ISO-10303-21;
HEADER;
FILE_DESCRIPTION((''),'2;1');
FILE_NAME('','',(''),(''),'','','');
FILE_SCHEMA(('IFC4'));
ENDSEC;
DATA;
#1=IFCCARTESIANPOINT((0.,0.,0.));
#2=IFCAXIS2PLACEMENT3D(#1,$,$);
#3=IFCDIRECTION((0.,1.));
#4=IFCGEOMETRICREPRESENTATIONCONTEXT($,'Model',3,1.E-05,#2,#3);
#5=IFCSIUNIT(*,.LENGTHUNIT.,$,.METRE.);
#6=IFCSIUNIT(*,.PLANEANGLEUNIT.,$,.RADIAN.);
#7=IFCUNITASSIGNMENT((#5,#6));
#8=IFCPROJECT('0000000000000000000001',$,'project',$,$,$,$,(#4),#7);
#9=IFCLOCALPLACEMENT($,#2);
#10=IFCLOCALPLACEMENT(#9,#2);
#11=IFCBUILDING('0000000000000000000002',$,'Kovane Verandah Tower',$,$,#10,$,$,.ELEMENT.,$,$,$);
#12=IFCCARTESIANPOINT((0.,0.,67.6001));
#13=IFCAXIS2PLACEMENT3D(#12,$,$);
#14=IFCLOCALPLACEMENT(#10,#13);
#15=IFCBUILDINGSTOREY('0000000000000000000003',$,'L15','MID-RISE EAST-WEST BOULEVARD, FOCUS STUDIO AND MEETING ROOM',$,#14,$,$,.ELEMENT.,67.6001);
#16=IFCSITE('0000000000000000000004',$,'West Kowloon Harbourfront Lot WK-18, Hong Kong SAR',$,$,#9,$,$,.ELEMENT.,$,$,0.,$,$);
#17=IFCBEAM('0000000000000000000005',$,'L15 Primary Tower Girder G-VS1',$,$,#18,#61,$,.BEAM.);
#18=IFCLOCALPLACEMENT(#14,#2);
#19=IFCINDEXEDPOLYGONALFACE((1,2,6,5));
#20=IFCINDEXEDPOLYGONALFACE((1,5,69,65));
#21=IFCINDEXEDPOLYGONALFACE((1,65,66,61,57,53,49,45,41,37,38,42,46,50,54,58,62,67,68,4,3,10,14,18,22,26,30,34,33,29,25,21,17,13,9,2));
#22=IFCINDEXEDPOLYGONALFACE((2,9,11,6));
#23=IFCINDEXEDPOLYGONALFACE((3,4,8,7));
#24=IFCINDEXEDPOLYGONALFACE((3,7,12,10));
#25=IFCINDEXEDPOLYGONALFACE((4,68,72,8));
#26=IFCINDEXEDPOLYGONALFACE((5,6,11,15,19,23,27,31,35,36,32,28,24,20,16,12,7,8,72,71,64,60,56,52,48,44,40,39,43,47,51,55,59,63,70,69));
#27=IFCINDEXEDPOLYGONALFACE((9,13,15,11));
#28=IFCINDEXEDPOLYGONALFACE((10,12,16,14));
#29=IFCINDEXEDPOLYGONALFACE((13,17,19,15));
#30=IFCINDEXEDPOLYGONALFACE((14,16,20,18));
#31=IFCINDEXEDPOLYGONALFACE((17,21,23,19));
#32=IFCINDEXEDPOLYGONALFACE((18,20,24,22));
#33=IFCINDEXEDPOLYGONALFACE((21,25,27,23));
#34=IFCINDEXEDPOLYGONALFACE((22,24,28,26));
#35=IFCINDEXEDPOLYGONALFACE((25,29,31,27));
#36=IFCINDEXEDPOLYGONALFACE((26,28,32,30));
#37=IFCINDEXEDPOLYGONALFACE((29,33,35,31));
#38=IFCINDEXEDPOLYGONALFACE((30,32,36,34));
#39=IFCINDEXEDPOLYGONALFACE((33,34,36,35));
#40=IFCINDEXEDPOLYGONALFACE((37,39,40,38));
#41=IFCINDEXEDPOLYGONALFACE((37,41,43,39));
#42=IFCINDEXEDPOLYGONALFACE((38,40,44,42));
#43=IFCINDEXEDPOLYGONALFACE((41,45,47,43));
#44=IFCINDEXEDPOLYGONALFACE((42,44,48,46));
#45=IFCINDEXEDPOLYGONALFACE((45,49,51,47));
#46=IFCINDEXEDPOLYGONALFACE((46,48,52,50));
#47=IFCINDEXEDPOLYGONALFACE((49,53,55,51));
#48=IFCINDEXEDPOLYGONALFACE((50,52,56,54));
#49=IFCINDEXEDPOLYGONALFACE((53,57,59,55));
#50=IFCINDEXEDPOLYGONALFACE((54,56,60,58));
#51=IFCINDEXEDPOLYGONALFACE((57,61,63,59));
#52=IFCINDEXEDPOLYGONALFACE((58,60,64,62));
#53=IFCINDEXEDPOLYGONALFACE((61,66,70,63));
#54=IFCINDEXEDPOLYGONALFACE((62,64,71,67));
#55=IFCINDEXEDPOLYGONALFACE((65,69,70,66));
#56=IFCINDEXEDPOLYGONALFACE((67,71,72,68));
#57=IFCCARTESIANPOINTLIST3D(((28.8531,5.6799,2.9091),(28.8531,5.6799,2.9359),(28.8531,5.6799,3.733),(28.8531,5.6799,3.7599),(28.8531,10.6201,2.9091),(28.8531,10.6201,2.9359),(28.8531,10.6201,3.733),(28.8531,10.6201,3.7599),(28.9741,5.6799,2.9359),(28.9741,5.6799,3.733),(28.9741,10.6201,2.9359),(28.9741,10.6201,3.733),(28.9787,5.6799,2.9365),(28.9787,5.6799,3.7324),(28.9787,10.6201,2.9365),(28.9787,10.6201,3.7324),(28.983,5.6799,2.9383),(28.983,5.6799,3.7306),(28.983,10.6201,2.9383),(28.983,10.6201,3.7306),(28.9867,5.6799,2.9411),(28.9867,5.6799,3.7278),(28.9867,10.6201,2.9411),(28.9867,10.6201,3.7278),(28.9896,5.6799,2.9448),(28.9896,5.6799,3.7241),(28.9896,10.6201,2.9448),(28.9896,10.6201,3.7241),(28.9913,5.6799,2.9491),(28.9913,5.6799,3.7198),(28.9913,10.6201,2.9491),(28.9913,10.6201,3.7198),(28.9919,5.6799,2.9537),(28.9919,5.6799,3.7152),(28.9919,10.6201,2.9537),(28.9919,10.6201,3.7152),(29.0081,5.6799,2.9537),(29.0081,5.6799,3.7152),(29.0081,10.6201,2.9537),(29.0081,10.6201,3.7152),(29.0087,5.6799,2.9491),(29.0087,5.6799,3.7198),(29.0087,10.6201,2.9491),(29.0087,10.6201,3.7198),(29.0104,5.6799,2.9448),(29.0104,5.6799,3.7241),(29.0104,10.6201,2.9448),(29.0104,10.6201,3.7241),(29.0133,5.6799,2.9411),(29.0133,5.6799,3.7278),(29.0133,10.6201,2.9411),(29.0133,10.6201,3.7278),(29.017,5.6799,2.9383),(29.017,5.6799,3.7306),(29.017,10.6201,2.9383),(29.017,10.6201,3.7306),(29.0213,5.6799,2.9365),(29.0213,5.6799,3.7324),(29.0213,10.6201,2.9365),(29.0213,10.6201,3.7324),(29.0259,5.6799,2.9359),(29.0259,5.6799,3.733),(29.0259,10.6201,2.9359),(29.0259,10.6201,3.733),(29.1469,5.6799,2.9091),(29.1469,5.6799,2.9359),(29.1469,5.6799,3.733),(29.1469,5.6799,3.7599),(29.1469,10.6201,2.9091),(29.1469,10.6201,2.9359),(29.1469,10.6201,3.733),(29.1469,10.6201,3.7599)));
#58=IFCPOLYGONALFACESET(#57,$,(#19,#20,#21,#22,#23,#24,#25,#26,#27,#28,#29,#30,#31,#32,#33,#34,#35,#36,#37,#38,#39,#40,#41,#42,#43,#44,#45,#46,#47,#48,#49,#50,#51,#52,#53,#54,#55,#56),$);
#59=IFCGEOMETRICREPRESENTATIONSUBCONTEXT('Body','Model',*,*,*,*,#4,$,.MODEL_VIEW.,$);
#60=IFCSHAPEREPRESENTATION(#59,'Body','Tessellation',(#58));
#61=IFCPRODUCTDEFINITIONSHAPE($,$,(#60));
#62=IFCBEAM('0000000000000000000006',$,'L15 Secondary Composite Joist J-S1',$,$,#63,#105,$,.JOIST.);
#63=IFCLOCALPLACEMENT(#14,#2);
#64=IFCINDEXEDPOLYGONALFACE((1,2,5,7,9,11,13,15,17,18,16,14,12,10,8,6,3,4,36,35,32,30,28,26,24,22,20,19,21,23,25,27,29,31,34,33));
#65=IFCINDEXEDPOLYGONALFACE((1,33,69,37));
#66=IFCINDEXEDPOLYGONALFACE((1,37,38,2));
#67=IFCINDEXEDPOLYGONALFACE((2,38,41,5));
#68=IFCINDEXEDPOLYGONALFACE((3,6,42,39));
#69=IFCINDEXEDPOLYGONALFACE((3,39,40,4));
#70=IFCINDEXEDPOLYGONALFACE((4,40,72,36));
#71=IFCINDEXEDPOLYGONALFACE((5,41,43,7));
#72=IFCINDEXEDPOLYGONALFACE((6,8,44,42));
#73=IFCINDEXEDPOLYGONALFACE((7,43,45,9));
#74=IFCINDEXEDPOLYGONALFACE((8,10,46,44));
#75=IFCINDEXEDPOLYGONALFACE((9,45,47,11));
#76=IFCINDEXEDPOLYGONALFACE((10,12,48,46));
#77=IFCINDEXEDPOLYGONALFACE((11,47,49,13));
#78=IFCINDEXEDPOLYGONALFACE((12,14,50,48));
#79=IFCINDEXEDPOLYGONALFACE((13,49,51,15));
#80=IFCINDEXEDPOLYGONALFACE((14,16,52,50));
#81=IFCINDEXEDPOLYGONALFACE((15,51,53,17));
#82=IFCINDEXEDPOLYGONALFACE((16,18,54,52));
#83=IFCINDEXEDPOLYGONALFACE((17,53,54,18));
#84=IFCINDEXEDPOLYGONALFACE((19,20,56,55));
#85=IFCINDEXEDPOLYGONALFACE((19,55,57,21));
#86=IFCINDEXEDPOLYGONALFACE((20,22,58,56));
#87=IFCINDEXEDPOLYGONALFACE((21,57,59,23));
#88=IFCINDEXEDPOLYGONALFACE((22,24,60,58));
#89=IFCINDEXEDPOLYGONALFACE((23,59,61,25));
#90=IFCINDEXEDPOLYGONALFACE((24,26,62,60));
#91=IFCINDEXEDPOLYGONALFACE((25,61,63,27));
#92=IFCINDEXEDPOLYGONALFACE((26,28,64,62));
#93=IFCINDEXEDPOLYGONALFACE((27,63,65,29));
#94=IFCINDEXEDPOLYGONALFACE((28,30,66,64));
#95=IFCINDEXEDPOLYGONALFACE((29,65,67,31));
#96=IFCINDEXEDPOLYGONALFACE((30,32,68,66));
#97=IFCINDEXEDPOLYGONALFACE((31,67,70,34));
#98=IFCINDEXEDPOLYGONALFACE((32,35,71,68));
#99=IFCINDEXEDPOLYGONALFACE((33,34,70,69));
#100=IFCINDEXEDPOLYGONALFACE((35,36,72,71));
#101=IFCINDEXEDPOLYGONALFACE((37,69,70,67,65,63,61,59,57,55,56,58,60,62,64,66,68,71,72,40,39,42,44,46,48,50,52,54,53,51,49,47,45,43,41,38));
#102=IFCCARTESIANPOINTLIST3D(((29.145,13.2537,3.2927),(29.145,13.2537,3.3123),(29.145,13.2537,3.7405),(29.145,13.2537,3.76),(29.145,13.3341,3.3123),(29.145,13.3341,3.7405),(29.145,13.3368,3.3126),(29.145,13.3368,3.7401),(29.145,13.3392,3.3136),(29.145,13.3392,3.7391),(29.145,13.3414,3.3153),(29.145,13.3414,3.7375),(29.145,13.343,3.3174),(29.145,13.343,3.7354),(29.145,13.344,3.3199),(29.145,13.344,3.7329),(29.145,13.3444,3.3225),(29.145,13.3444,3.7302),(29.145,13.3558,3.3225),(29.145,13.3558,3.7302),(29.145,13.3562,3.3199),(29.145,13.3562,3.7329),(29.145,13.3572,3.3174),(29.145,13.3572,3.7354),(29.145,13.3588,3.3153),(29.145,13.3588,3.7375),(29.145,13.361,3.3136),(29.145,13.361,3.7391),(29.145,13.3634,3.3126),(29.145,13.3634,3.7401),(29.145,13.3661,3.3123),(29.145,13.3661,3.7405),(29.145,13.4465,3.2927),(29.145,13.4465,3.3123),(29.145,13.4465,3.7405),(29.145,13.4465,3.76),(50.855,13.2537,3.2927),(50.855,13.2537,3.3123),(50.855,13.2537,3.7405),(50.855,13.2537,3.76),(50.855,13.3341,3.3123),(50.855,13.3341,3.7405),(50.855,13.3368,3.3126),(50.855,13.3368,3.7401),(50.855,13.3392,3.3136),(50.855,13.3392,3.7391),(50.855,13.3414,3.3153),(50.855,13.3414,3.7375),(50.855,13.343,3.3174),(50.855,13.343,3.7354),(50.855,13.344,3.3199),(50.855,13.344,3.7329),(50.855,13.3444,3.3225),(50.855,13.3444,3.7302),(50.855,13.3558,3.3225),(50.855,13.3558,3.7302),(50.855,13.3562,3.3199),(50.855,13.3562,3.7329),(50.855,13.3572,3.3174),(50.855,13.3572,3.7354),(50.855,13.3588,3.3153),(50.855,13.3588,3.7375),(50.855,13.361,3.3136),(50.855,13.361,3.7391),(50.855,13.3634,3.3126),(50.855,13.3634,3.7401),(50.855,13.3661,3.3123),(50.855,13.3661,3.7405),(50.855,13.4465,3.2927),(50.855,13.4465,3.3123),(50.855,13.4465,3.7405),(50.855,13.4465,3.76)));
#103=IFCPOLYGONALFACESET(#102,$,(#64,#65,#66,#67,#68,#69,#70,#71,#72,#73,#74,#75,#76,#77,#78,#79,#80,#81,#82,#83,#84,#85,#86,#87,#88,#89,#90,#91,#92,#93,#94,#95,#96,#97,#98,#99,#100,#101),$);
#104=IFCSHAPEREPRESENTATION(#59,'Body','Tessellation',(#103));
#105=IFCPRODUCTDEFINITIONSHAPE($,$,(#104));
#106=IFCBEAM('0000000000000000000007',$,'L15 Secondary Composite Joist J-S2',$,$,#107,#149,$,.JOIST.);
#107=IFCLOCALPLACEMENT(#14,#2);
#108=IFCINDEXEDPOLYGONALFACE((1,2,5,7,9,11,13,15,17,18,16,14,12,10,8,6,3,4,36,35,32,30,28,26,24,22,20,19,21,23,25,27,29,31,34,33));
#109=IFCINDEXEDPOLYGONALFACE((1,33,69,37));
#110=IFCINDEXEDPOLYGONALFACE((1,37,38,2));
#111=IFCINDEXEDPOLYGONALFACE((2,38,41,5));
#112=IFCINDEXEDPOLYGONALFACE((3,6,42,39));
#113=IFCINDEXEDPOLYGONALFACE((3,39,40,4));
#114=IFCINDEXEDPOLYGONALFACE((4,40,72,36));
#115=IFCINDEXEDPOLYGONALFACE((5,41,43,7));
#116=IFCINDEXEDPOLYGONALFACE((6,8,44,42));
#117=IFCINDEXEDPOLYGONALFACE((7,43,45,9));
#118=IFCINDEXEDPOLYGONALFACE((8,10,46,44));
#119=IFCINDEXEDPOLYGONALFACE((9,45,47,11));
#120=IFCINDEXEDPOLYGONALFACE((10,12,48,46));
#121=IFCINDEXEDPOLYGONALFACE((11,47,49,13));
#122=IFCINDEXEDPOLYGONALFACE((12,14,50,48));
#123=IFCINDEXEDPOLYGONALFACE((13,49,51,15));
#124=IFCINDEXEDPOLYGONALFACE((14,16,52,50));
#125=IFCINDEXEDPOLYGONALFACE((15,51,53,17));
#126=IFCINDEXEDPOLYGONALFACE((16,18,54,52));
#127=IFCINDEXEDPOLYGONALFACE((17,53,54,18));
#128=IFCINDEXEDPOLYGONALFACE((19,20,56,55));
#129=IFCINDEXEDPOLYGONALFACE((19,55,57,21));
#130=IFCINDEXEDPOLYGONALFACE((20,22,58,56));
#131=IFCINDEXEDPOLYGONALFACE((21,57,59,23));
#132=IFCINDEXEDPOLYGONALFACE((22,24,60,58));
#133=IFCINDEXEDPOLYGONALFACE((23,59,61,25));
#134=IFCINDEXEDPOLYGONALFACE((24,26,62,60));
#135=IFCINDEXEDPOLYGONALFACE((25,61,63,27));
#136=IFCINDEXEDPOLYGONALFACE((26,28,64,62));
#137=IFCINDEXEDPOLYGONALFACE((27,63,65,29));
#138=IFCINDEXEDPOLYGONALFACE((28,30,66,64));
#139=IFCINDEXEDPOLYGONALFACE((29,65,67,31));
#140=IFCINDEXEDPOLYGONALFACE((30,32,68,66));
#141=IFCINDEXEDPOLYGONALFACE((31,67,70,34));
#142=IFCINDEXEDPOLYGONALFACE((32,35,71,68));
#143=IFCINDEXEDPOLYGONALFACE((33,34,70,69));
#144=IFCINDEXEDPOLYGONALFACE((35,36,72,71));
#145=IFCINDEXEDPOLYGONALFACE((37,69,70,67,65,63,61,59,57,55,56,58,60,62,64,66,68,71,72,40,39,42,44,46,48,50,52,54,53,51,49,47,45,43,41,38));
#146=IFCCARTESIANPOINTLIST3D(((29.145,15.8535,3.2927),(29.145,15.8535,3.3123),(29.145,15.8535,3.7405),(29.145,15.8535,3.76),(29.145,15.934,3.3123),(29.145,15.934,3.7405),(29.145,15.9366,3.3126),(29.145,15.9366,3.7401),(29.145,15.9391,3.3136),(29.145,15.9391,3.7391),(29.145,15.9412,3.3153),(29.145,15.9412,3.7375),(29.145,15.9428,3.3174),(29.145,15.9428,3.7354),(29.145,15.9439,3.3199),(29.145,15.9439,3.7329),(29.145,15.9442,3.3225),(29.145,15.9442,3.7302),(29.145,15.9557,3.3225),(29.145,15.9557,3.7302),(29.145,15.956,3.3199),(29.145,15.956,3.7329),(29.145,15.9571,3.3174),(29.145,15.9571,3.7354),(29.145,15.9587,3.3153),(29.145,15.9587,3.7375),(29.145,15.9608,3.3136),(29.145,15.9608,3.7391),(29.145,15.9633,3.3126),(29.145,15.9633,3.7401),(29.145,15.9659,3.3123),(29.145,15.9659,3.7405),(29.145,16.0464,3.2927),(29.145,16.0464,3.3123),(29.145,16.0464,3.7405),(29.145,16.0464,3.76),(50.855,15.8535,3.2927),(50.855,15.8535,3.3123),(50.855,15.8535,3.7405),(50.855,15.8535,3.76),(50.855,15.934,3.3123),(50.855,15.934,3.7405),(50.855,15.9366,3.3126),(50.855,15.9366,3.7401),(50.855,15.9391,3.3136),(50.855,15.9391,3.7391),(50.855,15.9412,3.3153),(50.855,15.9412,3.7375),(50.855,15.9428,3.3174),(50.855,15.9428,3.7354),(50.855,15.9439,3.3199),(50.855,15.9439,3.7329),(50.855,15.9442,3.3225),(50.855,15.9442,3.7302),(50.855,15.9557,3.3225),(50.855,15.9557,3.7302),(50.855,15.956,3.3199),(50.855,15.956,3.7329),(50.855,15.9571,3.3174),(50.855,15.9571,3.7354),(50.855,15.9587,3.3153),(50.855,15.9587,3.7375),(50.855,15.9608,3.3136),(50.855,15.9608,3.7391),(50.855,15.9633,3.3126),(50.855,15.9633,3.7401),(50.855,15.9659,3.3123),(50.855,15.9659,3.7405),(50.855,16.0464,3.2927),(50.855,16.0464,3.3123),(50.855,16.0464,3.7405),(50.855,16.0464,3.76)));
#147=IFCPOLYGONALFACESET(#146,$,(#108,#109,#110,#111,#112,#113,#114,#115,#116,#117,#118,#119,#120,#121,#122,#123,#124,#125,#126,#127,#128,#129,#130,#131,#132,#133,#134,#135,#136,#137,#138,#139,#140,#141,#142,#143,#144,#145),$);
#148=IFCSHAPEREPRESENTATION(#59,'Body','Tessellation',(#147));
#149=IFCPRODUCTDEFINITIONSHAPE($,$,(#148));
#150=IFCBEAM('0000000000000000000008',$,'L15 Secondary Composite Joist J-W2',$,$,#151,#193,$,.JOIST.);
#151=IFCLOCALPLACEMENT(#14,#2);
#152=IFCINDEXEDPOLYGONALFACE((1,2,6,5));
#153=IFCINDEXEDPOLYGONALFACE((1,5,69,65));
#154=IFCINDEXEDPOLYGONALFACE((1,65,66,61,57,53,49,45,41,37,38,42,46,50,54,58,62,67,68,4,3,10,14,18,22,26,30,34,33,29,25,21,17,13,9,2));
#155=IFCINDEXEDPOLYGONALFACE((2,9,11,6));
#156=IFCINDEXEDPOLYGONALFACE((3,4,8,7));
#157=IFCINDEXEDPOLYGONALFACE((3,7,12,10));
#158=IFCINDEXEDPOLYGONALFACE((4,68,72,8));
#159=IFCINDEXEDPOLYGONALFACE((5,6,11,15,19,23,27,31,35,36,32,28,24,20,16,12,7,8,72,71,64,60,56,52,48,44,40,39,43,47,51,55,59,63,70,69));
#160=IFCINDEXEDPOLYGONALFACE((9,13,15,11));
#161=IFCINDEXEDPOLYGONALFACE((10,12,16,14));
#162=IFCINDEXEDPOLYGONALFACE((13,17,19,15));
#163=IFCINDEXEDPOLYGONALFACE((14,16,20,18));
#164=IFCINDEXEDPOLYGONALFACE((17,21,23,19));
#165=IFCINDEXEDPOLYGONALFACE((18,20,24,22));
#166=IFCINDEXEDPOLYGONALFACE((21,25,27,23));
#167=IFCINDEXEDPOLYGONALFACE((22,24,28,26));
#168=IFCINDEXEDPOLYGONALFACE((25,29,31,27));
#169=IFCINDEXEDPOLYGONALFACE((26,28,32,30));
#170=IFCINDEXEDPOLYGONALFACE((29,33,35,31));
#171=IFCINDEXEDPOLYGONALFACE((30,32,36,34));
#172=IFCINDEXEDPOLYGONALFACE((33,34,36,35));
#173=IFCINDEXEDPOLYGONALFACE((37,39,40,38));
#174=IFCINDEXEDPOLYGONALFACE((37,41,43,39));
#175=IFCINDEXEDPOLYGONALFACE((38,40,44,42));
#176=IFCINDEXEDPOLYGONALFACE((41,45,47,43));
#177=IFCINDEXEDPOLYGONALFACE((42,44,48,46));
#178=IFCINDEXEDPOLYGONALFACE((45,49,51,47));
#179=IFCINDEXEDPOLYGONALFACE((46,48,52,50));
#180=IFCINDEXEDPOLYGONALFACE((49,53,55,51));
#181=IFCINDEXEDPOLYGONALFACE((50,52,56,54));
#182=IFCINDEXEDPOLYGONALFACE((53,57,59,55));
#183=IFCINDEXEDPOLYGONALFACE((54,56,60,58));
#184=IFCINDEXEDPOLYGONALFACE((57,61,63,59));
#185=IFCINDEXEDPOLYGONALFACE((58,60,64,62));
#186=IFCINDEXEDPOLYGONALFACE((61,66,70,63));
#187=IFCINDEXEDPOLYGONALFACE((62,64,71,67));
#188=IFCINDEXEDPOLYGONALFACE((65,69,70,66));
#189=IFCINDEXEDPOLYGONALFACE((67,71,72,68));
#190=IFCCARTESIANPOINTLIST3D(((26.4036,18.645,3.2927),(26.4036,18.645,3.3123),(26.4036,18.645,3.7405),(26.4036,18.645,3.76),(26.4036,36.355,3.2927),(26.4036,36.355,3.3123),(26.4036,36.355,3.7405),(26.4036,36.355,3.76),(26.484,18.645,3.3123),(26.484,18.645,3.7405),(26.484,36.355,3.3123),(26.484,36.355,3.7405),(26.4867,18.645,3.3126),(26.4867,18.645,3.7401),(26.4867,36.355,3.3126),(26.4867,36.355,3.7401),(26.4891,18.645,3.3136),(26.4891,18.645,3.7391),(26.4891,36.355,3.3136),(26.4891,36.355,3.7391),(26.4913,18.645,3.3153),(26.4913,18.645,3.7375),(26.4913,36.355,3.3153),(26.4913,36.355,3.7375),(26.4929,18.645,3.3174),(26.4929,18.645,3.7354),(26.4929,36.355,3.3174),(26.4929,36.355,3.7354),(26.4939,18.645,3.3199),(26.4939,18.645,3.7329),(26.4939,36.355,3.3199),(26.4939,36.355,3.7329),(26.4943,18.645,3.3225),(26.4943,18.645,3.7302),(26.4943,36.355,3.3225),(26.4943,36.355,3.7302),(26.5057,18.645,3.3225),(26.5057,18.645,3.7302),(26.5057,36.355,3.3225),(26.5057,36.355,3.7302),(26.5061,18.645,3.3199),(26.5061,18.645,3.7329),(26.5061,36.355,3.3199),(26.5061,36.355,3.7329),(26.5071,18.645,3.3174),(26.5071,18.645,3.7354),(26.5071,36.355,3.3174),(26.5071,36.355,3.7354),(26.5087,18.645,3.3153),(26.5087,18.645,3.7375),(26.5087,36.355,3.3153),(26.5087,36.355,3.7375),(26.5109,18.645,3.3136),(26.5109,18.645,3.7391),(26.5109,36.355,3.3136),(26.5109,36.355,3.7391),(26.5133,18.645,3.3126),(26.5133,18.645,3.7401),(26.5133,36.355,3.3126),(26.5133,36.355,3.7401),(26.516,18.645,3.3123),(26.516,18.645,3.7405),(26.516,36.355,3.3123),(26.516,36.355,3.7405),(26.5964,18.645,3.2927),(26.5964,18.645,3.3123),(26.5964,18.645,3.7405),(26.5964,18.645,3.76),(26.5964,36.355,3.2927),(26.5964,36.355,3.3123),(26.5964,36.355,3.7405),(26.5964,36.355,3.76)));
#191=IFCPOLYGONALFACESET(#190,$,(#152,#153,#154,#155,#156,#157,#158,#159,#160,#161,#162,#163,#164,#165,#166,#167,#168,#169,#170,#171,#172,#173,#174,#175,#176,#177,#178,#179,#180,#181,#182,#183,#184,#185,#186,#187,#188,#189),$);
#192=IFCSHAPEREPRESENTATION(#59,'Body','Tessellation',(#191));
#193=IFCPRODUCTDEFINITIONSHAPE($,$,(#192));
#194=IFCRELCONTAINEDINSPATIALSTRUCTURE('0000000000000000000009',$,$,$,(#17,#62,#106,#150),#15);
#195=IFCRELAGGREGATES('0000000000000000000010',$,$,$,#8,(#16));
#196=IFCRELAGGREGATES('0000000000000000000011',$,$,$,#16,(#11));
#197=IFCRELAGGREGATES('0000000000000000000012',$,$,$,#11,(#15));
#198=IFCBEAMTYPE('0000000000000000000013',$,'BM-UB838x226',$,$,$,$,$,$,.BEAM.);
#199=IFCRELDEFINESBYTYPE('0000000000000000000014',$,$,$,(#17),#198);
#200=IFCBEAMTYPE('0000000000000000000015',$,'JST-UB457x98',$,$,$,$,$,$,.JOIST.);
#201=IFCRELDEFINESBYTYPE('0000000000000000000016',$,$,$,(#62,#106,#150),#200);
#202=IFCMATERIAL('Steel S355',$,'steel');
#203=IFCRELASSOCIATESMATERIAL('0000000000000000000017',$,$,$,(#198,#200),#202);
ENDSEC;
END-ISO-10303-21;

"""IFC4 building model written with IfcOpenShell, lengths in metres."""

from ifc_helpers import new_model, si_unit, direction, frame, origin, origin_2d, place, context, subcontext, project, spatial, i_section, extrude, material, material_profile, profile_set, type_object, element, save


model = new_model("IFC4")

# Units and contexts
model_context = context("Model", 3, precision=1e-05, world=origin(), true_north=direction((0.0, 1.0)))
body_context = subcontext(model_context, "Body", "Model", "MODEL_VIEW")
ifc_project = project(units=[si_unit("LENGTHUNIT", "METRE"), si_unit("PLANEANGLEUNIT", "RADIAN")], contexts=[model_context])

# Site, building, storey
site_placement = place(None, origin())
site = spatial("IfcSite", under=ifc_project, at=site_placement, Name="West Kowloon Harbourfront Lot WK-18, Hong Kong SAR", CompositionType="ELEMENT", RefElevation=0.0)
building_placement = place(site_placement, origin())
building = spatial("IfcBuilding", under=site, at=building_placement, Name="Kovane Verandah Tower", CompositionType="ELEMENT")
storey_placement = place(building_placement, frame((0.0, 0.0, 67.6001)))
storey = spatial("IfcBuildingStorey", under=building, at=storey_placement, Name="L15", Description="MID-RISE EAST-WEST BOULEVARD, FOCUS STUDIO AND MEETING ROOM", CompositionType="ELEMENT", Elevation=67.6001)

# Beams
ifc_material_1 = material(Name="Steel S355", Category="steel")
ifc_material_profile_1 = material_profile(ifc_material_1, i_section(OverallWidth=0.2937, OverallDepth=0.8508, WebThickness=0.0161, FlangeThickness=0.0269, FilletRadius=0.0178, at=origin_2d()), Name="UB838x292x226")
ifc_profile_set_1 = profile_set([ifc_material_profile_1], Name="Steel S355")
beam_type_1 = type_object("IfcBeamType", Name="BM-UB838x226", PredefinedType="BEAM", material=ifc_profile_set_1)
beam_1_placement = place(storey_placement, frame((29.0, 10.6201, 3.3345), z_axis=(0.0, -1.0, 0.0), x_axis=(1.0, 0.0, 0.0)))
element("IfcBeam", 1, at=beam_1_placement, inside=storey, type_object=beam_type_1, Name="L15 Primary Tower Girder G-VS1", PredefinedType="BEAM", context=body_context, shape_type="SweptSolid", body=[
    extrude(i_section(OverallWidth=0.2937, OverallDepth=0.8508, WebThickness=0.0161, FlangeThickness=0.0269, FilletRadius=0.0178, at=origin_2d()), origin(), (0.0, 0.0, 1.0), 4.9402),
])
ifc_material_profile_2 = material_profile(ifc_material_1, i_section(OverallWidth=0.1929, OverallDepth=0.4673, WebThickness=0.0115, FlangeThickness=0.0195, FilletRadius=0.0103, at=origin_2d()), Name="UB457x191x98")
ifc_profile_set_2 = profile_set([ifc_material_profile_2], Name="Steel S355")
beam_type_2 = type_object("IfcBeamType", Name="JST-UB457x98", PredefinedType="JOIST", material=ifc_profile_set_2)
for number, where, z_axis, x_axis, name in (
    (2, (29.145, 13.3501, 3.5264), (1.0, 0.0, 0.0), (0.0, 1.0, 0.0), "L15 Secondary Composite Joist J-S1"),
    (3, (29.145, 15.95, 3.5264), (1.0, 0.0, 0.0), (0.0, 1.0, 0.0), "L15 Secondary Composite Joist J-S2"),
):
    element("IfcBeam", number, at=place(storey_placement, frame(where, z_axis=z_axis, x_axis=x_axis)), inside=storey, type_object=beam_type_2, Name=name, PredefinedType="JOIST", context=body_context, shape_type="SweptSolid", body=[
        extrude(i_section(OverallWidth=0.1929, OverallDepth=0.4673, WebThickness=0.0115, FlangeThickness=0.0195, FilletRadius=0.0103, at=origin_2d()), origin(), (0.0, 0.0, 1.0), 21.71),
    ])
beam_2_placement = place(storey_placement, frame((26.5, 18.645, 3.5264), z_axis=(0.0, 1.0, 0.0), x_axis=(-1.0, 0.0, 0.0)))
element("IfcBeam", 4, at=beam_2_placement, inside=storey, type_object=beam_type_2, Name="L15 Secondary Composite Joist J-W2", PredefinedType="JOIST", context=body_context, shape_type="SweptSolid", body=[
    extrude(i_section(OverallWidth=0.1929, OverallDepth=0.4673, WebThickness=0.0115, FlangeThickness=0.0195, FilletRadius=0.0103, at=origin_2d()), origin(), (0.0, 0.0, 1.0), 17.71),
])

save(model, "model.ifc")
